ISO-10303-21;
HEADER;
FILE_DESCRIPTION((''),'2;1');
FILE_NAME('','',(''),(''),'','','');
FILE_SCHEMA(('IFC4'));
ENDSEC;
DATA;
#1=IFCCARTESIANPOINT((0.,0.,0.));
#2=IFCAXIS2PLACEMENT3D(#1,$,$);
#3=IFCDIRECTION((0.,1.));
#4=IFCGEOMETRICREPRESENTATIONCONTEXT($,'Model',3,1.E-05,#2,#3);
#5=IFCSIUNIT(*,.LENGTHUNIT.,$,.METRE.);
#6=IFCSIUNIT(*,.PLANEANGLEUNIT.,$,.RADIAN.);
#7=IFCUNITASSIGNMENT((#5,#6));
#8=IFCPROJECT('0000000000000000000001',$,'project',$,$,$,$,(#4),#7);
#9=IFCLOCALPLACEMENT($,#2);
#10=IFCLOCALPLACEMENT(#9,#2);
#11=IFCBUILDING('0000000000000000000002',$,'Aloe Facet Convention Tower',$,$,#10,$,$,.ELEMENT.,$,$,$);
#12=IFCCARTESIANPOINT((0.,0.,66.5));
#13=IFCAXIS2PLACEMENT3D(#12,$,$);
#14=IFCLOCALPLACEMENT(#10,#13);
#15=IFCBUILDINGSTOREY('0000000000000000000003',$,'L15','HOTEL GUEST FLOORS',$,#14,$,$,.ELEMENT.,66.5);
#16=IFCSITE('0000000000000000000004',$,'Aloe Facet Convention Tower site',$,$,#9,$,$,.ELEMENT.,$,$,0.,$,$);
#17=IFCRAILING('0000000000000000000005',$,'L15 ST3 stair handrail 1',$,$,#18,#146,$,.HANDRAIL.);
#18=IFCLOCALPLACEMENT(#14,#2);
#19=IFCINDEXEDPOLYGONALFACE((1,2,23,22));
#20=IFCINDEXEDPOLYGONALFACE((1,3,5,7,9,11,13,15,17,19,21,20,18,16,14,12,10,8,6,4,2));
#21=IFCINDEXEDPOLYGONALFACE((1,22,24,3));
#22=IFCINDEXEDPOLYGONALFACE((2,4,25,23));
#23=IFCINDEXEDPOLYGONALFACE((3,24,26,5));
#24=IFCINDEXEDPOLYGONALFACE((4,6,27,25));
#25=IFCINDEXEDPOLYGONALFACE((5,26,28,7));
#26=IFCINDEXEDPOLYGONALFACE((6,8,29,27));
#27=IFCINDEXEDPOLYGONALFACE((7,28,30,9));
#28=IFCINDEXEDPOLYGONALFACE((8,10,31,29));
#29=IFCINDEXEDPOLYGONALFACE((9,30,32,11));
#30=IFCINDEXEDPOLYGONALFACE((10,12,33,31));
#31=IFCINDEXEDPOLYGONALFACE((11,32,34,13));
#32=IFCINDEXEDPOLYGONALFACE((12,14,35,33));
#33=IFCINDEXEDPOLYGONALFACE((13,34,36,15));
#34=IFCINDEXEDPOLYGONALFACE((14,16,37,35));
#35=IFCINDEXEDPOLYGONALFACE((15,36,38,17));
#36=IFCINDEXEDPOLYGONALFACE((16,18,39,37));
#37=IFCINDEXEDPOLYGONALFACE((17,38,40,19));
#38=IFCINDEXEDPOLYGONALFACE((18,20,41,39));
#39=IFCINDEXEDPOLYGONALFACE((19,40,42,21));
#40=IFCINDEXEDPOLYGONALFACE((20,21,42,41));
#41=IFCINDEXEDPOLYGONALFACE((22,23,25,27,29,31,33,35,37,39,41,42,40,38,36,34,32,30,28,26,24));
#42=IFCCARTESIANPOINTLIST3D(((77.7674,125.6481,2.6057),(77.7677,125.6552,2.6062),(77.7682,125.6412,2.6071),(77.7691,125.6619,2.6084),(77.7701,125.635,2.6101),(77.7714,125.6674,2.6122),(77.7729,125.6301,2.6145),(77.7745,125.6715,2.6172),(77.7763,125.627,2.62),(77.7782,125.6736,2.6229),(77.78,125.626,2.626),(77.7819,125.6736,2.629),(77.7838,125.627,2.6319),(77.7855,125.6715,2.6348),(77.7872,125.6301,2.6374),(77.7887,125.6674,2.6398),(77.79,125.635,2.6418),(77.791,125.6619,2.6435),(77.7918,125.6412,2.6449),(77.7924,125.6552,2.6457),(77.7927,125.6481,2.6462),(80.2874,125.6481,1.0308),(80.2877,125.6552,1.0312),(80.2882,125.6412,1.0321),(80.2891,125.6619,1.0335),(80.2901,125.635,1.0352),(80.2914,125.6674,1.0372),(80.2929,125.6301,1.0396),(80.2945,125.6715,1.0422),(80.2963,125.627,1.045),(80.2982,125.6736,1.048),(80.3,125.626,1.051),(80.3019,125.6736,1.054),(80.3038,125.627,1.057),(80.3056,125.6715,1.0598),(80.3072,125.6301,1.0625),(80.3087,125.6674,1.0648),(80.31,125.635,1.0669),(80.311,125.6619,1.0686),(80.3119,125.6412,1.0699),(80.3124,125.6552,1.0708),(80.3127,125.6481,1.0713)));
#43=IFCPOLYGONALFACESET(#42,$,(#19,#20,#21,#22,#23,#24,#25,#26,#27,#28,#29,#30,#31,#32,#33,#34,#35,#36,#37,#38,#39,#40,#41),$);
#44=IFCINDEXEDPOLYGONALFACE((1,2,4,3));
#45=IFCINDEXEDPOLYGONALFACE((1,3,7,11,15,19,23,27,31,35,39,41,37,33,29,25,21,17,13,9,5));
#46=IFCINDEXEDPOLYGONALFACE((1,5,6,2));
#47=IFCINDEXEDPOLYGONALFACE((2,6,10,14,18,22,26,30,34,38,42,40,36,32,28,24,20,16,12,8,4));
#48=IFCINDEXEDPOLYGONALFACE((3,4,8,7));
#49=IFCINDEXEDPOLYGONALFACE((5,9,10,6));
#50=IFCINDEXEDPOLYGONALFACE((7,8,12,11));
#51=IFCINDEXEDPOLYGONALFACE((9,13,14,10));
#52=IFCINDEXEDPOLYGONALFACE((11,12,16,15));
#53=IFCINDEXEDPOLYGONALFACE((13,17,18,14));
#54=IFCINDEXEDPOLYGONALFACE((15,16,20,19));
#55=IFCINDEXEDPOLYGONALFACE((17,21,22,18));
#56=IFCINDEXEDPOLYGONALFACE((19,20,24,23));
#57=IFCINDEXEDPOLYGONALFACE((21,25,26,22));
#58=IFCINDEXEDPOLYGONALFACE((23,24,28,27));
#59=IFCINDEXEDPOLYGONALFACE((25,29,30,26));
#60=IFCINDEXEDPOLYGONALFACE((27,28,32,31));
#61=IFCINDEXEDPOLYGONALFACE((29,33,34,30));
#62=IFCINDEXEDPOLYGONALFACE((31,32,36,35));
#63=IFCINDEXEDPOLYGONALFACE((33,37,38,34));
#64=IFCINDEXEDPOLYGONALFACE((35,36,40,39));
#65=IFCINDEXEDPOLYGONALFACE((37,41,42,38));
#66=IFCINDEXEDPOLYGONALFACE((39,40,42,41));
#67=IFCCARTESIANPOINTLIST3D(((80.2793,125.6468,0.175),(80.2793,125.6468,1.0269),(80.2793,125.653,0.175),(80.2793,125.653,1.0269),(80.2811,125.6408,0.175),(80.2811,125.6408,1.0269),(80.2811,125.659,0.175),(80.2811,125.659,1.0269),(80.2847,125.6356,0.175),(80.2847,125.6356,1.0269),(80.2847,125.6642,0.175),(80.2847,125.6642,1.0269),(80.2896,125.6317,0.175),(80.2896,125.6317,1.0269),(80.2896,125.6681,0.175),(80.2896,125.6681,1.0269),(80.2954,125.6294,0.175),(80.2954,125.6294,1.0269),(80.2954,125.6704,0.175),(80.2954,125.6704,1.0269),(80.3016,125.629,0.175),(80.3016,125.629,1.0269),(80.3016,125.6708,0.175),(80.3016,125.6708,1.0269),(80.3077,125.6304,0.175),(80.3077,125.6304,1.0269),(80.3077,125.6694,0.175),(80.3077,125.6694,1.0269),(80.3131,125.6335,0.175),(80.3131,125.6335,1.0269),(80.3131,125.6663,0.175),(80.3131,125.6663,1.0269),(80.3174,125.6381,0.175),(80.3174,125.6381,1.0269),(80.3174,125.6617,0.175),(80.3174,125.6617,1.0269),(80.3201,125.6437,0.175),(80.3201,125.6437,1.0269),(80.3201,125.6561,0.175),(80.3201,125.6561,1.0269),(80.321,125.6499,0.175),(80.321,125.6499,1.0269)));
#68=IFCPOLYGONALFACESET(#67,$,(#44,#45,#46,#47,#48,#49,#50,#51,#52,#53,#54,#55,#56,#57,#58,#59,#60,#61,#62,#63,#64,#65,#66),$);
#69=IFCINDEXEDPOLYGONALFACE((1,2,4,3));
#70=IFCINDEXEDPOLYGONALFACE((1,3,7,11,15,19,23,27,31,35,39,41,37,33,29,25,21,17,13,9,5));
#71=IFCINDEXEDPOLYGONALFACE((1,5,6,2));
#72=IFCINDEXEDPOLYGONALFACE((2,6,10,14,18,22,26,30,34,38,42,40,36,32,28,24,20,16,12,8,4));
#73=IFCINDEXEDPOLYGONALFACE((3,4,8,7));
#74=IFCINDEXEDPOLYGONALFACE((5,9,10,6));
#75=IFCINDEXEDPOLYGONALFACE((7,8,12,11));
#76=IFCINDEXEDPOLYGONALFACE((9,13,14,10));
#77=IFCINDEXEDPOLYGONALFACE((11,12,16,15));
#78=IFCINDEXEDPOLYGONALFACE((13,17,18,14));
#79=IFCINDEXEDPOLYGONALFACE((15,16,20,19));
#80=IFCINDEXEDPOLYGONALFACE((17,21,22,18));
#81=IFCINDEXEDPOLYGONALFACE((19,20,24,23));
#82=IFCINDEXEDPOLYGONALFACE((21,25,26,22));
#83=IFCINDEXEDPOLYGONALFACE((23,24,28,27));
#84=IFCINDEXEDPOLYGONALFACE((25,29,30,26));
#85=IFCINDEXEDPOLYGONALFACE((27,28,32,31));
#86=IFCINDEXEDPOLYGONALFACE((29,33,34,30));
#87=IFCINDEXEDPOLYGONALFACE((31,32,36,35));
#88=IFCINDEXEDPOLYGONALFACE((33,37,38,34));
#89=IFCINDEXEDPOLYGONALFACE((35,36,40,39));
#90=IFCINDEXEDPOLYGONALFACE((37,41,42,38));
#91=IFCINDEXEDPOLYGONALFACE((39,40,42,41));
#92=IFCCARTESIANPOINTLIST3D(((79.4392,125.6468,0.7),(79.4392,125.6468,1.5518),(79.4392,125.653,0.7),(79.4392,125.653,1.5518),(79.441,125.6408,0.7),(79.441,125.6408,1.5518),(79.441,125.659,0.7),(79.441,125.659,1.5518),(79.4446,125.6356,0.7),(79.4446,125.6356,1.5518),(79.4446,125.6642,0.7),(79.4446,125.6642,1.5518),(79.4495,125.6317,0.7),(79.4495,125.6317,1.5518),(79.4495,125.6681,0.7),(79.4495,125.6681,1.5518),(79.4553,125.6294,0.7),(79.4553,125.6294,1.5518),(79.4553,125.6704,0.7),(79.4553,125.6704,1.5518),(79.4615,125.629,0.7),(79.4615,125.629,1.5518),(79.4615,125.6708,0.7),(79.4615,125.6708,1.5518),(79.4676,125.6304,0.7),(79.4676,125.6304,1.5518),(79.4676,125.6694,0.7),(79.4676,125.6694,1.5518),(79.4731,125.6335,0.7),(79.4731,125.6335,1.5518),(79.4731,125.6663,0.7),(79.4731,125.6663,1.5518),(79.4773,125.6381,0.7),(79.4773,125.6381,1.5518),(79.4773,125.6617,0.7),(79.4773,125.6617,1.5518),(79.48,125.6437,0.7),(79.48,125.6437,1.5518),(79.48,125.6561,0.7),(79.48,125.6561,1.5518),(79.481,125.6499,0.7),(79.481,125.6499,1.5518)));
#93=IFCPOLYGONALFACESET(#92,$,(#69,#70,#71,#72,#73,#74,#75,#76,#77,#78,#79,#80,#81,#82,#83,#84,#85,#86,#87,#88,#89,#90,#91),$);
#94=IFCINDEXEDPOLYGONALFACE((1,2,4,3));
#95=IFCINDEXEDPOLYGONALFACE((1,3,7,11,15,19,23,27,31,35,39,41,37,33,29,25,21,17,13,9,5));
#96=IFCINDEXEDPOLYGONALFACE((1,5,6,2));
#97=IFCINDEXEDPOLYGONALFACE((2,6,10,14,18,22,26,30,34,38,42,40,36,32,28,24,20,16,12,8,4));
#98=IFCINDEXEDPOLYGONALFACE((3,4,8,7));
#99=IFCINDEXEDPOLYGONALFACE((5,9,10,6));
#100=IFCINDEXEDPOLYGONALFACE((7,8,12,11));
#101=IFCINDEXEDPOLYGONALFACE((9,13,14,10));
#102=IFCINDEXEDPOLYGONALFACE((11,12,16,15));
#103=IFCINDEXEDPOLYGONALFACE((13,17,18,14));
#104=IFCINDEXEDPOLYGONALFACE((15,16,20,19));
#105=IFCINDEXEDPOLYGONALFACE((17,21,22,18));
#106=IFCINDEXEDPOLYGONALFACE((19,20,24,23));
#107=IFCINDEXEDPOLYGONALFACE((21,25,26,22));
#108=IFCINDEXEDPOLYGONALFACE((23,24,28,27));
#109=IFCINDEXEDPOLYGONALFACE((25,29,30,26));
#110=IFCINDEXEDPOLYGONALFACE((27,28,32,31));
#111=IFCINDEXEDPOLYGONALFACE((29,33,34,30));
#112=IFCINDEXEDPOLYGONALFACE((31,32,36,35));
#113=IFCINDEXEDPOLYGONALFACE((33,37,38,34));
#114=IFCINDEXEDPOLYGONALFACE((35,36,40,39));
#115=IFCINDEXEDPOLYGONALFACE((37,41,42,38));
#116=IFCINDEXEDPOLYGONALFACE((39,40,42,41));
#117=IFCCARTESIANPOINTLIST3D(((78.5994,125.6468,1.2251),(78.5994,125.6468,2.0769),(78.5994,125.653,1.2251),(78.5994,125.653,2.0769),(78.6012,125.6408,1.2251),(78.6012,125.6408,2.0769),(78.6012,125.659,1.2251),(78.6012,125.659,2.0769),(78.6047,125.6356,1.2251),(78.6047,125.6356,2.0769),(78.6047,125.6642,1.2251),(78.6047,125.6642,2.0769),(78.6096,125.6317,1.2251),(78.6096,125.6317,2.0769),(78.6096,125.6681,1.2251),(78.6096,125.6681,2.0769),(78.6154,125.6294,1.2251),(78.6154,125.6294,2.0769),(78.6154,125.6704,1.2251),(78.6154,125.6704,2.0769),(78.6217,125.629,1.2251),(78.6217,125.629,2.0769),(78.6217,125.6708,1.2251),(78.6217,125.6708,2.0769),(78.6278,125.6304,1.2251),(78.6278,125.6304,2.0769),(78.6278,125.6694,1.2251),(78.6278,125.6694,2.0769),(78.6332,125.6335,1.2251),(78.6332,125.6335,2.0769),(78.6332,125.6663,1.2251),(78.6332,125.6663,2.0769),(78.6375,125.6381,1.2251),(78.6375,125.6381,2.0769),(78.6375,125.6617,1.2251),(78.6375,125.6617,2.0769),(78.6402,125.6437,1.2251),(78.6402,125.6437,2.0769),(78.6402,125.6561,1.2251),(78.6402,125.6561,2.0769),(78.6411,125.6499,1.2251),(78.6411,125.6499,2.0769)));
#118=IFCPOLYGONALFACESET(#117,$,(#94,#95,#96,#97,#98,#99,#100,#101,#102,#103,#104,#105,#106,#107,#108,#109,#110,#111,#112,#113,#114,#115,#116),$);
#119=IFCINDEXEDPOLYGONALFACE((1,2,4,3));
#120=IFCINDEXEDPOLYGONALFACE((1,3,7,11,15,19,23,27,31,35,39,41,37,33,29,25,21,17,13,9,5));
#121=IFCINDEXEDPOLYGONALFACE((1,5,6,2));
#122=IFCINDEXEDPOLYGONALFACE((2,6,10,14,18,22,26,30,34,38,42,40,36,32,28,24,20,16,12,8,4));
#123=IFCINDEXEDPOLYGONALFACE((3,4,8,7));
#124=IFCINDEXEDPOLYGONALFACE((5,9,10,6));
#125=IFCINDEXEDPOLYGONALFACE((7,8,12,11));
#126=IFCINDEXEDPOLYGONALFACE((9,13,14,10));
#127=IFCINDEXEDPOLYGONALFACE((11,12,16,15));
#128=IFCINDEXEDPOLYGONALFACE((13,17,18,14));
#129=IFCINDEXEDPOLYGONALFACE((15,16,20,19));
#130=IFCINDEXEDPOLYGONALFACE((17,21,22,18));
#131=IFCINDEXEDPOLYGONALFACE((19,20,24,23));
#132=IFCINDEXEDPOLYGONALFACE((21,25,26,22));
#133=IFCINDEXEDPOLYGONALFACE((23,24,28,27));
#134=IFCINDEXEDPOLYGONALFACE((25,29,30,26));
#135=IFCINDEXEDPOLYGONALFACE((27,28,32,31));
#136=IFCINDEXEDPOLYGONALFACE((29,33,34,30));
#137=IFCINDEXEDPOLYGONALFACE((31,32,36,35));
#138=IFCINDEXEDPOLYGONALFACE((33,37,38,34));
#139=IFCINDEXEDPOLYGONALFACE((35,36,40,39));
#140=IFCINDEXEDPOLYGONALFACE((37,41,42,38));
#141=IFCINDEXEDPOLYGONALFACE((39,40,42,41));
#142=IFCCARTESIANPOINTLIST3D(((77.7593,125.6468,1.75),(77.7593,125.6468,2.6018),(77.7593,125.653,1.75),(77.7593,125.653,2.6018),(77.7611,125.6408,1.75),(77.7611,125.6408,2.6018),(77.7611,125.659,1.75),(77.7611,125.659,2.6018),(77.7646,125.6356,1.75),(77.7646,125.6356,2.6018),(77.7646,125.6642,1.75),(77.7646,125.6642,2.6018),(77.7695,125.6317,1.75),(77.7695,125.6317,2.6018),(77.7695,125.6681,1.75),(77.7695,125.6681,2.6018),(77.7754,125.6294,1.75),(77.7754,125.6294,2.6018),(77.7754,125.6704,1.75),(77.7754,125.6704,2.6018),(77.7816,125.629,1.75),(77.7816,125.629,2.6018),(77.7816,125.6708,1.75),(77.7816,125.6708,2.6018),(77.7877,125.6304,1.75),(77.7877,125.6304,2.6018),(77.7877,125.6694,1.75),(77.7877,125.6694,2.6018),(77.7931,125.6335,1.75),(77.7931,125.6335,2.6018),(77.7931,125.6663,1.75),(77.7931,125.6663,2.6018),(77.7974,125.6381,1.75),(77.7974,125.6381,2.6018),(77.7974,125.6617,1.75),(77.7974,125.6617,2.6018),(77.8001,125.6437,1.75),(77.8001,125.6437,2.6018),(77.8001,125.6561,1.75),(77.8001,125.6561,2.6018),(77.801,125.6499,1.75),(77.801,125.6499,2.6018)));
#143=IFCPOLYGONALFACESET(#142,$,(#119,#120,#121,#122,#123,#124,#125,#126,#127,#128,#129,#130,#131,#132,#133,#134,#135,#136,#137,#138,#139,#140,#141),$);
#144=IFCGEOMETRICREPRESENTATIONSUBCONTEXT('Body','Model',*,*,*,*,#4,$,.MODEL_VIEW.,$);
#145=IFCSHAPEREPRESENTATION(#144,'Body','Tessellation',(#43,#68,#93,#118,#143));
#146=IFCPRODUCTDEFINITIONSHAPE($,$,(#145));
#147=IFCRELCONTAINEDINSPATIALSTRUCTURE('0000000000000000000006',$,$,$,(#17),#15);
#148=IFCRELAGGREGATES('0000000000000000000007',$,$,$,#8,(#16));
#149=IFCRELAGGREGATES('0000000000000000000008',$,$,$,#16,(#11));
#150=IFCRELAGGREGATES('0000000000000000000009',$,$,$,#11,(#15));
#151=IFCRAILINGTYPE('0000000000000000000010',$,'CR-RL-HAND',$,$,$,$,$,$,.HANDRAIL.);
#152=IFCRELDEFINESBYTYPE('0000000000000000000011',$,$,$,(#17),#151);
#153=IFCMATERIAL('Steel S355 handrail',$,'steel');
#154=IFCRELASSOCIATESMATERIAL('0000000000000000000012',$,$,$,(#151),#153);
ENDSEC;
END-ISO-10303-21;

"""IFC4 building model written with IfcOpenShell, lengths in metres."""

from ifc_helpers import new_model, si_unit, direction, frame, origin, origin_2d, place, context, subcontext, project, spatial, circle, extrude, material, type_object, element, save


model = new_model("IFC4")

# Units and contexts
model_context = context("Model", 3, precision=1e-05, world=origin(), true_north=direction((0.0, 1.0)))
body_context = subcontext(model_context, "Body", "Model", "MODEL_VIEW")
ifc_project = project(units=[si_unit("LENGTHUNIT", "METRE"), si_unit("PLANEANGLEUNIT", "RADIAN")], contexts=[model_context])

# Site, building, storey
site_placement = place(None, origin())
site = spatial("IfcSite", under=ifc_project, at=site_placement, Name="Aloe Facet Convention Tower site", CompositionType="ELEMENT", RefElevation=0.0)
building_placement = place(site_placement, origin())
building = spatial("IfcBuilding", under=site, at=building_placement, Name="Aloe Facet Convention Tower", CompositionType="ELEMENT")
storey_placement = place(building_placement, frame((0.0, 0.0, 66.5)))
storey = spatial("IfcBuildingStorey", under=building, at=storey_placement, Name="L15", Description="HOTEL GUEST FLOORS", CompositionType="ELEMENT", Elevation=66.5)

# Railing
ifc_material_1 = material(Name="Steel S355 handrail", Category="steel")
railing_type_1 = type_object("IfcRailingType", Name="CR-RL-HAND", PredefinedType="HANDRAIL", material=ifc_material_1)
railing_1_placement = place(storey_placement, frame((80.3, 125.6499, 0.175)))
element("IfcRailing", 1, at=railing_1_placement, inside=storey, type_object=railing_type_1, Name="L15 ST3 stair handrail 1", PredefinedType="HANDRAIL", context=body_context, shape_type="SweptSolid", body=[
    extrude(circle(Radius=0.0239, at=origin_2d()), frame((0.0, 0.0, 0.876), z_axis=(-0.848008, 0.0, 0.529984), x_axis=(0.0, -1.0, 0.0)), (0.0, 0.0, 1.0), 2.9717),
    extrude(circle(Radius=0.021, at=origin_2d()), origin(), (0.0, 0.0, 1.0), 0.8518),
    extrude(circle(Radius=0.021, at=origin_2d()), frame((-0.8401, 0.0, 0.5249)), (0.0, 0.0, 1.0), 0.8518),
    extrude(circle(Radius=0.021, at=origin_2d()), frame((-1.6799, 0.0, 1.05)), (0.0, 0.0, 1.0), 0.8518),
    extrude(circle(Radius=0.021, at=origin_2d()), frame((-2.52, 0.0, 1.575)), (0.0, 0.0, 1.0), 0.8518),
])

save(model, "model.ifc")
